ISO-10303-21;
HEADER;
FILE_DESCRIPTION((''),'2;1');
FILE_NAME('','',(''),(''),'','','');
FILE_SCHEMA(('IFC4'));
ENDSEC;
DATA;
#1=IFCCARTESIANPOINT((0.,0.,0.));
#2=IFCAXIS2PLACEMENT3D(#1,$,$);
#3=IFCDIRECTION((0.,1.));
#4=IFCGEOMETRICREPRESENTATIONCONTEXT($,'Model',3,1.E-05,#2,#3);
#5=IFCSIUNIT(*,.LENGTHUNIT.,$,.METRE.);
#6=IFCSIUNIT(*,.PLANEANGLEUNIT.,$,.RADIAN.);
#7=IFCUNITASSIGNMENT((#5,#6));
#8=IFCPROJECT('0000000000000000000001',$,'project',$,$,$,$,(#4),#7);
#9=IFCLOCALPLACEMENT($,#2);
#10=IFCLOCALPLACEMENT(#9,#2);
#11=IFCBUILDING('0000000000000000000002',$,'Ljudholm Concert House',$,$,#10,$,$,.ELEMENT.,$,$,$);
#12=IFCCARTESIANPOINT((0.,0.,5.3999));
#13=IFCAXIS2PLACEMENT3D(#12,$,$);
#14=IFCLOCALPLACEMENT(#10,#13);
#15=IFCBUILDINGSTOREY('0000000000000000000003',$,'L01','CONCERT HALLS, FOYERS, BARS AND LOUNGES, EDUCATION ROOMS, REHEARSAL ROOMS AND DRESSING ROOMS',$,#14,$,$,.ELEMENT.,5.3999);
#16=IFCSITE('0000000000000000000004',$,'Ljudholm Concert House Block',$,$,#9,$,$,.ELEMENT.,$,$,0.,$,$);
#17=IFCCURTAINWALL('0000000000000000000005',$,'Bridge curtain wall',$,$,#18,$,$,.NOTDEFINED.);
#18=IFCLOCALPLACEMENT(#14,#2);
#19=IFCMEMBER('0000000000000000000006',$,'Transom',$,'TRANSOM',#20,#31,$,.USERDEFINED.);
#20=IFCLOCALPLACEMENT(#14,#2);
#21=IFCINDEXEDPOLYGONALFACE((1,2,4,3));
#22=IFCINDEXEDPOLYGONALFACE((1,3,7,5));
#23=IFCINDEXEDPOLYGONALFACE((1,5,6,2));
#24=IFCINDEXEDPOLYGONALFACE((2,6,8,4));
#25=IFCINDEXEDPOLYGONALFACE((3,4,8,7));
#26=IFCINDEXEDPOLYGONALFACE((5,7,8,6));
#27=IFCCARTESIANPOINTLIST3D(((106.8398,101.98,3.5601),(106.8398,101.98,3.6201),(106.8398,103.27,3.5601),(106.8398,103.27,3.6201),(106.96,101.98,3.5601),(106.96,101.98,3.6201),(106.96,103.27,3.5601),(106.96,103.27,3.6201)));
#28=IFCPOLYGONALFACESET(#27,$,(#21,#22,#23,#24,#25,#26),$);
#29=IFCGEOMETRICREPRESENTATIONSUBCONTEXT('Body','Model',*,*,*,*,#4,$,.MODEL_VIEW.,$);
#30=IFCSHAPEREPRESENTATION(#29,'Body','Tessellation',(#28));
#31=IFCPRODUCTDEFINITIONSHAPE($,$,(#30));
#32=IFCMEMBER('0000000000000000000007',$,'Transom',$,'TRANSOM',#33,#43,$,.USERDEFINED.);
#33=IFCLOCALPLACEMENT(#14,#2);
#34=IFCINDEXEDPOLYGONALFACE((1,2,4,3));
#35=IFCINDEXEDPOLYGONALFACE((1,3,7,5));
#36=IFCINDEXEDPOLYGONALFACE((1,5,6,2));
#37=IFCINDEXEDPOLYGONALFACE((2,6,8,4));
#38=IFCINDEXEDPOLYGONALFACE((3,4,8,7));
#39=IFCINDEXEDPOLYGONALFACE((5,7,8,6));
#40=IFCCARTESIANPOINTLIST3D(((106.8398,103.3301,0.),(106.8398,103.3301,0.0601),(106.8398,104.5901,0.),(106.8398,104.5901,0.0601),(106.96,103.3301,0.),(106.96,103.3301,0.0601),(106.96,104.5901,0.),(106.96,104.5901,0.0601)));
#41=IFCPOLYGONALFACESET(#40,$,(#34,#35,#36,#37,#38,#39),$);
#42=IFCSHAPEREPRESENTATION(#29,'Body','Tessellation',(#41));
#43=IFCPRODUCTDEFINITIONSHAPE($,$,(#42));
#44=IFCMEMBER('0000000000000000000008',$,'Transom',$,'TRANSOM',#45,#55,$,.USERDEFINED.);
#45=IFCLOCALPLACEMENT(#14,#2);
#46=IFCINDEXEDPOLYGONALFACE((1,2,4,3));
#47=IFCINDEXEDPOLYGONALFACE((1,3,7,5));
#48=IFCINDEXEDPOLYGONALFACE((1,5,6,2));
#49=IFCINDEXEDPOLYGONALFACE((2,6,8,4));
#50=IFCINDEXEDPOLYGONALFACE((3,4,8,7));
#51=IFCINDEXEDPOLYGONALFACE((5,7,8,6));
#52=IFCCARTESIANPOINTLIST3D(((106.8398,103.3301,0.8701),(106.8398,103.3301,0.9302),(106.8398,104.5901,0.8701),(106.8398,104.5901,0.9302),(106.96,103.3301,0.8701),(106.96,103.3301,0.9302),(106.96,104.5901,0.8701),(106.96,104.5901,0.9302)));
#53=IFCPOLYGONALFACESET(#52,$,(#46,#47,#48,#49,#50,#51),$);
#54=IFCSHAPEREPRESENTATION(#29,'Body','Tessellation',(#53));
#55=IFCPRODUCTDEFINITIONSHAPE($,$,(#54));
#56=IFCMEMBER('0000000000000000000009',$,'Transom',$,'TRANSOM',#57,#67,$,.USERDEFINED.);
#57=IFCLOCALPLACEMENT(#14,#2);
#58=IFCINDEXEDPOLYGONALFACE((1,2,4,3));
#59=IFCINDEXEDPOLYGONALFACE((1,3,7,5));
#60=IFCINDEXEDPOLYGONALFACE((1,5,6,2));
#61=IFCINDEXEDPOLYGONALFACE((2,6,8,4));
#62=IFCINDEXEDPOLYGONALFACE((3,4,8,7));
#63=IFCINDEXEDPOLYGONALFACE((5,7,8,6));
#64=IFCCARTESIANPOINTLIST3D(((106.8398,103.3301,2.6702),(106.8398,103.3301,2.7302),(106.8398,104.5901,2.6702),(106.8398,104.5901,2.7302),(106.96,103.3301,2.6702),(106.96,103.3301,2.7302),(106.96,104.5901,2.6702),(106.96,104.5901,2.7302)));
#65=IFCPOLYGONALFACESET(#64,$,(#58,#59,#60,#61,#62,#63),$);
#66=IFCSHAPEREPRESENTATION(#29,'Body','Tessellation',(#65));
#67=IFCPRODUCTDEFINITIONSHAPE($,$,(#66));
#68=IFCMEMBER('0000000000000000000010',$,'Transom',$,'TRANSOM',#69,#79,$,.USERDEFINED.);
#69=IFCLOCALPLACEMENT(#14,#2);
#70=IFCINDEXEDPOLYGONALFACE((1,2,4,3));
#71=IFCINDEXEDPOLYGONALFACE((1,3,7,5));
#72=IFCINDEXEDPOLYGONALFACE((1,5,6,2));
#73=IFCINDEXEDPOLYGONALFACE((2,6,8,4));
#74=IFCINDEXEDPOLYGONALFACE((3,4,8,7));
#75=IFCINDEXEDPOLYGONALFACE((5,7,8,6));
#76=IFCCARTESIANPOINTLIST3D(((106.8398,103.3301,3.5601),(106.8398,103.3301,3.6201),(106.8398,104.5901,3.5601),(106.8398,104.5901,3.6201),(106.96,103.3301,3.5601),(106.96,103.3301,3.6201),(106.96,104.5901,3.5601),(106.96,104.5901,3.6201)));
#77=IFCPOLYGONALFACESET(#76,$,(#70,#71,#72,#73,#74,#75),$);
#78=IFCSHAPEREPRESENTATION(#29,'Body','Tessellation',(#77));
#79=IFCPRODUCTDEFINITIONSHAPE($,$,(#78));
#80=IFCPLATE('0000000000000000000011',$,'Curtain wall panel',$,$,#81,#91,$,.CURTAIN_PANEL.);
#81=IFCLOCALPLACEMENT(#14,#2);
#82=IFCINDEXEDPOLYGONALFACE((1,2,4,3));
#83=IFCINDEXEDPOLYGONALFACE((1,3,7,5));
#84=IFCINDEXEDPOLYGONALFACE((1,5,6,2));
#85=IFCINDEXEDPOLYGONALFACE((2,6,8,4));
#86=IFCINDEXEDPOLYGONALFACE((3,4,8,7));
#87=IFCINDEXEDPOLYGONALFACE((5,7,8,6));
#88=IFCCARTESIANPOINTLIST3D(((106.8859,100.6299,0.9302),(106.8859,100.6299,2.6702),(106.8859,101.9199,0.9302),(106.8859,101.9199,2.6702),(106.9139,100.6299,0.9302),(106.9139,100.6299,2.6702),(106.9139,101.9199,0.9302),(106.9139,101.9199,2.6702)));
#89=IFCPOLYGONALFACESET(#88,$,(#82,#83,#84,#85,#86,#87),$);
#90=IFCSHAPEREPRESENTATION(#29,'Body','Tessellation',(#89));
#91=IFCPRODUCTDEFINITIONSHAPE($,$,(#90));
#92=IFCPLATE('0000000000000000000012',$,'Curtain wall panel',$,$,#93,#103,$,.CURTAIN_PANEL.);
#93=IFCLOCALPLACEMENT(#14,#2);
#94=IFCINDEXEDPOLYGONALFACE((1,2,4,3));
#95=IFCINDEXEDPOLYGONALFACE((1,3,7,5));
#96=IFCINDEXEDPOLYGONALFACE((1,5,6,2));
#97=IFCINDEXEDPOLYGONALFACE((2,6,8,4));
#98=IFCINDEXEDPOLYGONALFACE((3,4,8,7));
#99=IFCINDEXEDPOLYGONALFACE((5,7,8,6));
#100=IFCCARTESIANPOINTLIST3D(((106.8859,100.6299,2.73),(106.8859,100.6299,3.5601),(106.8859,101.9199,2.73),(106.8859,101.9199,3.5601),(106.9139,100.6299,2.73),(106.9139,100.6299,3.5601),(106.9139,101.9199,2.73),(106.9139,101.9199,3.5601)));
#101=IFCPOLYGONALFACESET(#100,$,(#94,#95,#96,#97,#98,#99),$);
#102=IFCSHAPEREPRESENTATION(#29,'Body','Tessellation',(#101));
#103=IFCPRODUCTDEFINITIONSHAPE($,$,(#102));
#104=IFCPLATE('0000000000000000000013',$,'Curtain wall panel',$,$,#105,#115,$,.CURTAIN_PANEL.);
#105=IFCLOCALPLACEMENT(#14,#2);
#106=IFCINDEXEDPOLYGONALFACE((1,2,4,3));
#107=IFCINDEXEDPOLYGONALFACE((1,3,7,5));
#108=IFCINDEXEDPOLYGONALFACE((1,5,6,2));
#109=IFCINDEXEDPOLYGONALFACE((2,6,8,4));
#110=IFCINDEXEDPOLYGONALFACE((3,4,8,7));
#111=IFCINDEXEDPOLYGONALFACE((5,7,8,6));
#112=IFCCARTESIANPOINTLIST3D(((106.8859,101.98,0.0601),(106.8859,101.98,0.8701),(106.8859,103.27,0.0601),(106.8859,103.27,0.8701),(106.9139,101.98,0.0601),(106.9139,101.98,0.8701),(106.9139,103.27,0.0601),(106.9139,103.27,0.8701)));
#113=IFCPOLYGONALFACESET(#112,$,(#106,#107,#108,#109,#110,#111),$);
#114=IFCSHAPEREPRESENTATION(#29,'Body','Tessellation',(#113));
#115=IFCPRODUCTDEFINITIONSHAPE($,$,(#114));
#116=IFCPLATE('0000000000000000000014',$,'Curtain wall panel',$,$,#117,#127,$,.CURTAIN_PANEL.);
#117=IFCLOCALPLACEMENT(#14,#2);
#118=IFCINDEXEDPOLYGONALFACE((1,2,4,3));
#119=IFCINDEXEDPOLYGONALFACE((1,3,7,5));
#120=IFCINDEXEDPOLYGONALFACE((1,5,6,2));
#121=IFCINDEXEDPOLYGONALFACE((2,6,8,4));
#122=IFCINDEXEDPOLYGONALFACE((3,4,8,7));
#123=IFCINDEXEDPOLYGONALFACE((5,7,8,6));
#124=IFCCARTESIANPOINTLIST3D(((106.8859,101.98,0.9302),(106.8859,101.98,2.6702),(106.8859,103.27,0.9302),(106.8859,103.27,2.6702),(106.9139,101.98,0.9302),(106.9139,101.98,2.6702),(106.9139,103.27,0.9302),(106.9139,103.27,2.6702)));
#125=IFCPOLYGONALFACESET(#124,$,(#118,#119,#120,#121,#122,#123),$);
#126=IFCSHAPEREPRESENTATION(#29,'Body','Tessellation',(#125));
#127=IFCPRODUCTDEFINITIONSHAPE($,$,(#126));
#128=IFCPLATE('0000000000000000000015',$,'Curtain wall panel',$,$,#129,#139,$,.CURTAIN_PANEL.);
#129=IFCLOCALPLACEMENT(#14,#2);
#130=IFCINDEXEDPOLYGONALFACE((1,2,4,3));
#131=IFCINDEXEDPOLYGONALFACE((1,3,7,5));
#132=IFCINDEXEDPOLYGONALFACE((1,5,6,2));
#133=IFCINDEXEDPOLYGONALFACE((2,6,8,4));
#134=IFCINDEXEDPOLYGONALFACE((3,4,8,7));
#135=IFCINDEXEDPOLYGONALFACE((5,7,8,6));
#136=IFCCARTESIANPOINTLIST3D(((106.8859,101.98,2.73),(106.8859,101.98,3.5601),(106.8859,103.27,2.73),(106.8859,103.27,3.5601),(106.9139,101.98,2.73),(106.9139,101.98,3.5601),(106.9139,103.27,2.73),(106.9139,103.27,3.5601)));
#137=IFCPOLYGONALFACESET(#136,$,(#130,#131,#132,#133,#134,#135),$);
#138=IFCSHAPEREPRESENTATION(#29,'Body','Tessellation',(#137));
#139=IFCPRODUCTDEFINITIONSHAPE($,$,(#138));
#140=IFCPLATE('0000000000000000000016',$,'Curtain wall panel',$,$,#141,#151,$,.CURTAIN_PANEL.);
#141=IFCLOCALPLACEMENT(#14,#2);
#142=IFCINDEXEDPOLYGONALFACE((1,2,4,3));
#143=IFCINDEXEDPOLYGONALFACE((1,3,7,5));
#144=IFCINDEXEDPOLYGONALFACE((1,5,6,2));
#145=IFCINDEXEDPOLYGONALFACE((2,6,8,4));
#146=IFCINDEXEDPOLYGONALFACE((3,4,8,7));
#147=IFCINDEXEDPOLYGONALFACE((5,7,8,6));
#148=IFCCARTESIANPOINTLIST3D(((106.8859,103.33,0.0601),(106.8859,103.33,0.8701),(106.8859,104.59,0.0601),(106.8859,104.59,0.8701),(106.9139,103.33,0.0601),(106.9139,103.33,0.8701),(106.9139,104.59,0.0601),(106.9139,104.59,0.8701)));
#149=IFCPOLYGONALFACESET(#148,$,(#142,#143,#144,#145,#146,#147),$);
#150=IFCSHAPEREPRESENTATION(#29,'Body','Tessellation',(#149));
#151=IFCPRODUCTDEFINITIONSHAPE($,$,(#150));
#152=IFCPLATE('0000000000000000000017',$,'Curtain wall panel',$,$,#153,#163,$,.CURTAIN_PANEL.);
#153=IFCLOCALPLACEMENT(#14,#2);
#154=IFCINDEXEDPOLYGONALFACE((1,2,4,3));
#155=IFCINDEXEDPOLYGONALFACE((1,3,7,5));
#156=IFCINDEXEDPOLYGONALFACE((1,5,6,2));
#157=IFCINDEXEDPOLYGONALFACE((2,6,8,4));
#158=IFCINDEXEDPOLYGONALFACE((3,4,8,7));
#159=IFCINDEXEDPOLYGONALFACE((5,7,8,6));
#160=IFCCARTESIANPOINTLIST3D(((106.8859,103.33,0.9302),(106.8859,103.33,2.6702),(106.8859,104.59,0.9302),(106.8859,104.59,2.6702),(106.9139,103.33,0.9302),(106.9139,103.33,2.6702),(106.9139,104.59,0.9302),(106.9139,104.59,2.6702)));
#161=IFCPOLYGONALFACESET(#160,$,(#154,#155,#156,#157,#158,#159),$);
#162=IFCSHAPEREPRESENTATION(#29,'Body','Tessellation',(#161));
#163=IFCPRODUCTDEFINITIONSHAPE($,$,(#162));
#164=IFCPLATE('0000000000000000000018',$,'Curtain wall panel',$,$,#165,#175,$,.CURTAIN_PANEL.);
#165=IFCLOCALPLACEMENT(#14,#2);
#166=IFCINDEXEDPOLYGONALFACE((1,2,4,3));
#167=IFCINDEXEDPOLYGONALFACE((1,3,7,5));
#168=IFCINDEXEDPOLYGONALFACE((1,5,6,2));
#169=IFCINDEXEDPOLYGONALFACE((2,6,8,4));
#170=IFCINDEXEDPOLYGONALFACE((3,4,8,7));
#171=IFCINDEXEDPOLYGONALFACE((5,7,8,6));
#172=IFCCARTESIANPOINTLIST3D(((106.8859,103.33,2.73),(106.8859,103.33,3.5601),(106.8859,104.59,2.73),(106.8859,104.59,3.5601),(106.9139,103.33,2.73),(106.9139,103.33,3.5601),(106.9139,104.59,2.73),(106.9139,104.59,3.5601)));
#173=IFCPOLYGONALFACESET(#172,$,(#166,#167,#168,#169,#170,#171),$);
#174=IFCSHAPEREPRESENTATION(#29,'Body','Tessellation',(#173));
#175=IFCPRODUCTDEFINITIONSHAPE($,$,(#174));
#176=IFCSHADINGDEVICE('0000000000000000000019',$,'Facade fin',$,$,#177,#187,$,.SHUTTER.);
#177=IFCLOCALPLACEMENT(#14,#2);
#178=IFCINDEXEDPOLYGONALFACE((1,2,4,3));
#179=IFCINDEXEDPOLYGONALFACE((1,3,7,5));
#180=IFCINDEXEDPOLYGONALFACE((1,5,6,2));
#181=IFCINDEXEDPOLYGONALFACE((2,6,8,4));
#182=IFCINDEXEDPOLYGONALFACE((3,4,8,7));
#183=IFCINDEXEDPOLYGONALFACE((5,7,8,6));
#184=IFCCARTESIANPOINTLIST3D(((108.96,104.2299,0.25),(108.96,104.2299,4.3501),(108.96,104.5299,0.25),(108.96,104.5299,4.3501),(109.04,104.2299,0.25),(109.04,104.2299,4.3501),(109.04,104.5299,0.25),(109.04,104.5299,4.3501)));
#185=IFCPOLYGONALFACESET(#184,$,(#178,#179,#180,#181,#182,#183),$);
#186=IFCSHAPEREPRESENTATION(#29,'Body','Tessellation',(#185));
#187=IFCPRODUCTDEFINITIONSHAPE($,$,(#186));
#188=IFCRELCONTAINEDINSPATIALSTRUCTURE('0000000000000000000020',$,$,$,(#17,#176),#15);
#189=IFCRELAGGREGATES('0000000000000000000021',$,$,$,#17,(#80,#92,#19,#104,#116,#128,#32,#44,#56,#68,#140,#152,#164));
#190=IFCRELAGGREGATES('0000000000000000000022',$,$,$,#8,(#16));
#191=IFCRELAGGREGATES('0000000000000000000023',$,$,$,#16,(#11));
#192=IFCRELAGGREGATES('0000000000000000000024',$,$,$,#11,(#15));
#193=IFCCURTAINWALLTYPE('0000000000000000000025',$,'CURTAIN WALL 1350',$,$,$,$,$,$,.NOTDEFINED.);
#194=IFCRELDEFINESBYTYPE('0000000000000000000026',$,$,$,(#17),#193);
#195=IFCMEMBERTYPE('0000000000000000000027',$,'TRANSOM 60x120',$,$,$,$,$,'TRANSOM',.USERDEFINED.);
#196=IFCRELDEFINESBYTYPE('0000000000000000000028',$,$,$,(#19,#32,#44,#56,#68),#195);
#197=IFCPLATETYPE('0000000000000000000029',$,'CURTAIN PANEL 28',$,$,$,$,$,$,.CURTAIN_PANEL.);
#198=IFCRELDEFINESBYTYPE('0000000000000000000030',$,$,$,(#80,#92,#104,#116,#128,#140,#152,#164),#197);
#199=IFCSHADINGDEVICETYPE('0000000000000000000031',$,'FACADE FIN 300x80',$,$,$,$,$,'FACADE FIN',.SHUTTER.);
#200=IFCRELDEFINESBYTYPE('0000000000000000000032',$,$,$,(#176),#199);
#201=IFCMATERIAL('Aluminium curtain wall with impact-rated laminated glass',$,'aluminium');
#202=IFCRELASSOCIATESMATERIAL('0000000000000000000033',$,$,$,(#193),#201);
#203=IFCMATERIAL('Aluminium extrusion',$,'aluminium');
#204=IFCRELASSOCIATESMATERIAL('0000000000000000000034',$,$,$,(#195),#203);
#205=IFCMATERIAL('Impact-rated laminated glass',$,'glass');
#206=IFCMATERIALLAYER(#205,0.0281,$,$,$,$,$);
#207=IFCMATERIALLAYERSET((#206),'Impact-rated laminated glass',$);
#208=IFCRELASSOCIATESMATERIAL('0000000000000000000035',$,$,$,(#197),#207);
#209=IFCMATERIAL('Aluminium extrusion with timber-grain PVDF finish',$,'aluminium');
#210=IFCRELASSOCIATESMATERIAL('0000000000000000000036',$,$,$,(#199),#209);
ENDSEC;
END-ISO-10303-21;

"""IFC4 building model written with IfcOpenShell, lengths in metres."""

from ifc_helpers import new_model, si_unit, direction, frame, origin, origin_2d, place, context, subcontext, project, spatial, rectangle, extrude, material, layer, layer_set, material_profile, profile_set, type_object, element, aggregate, save


model = new_model("IFC4")

# Units and contexts
model_context = context("Model", 3, precision=1e-05, world=origin(), true_north=direction((0.0, 1.0)))
body_context = subcontext(model_context, "Body", "Model", "MODEL_VIEW")
ifc_project = project(units=[si_unit("LENGTHUNIT", "METRE"), si_unit("PLANEANGLEUNIT", "RADIAN")], contexts=[model_context])

# Site, building, storey
site_placement = place(None, origin())
site = spatial("IfcSite", under=ifc_project, at=site_placement, Name="Ljudholm Concert House Block", CompositionType="ELEMENT", RefElevation=0.0)
building_placement = place(site_placement, origin())
building = spatial("IfcBuilding", under=site, at=building_placement, Name="Ljudholm Concert House", CompositionType="ELEMENT")
storey_placement = place(building_placement, frame((0.0, 0.0, 5.3999)))
storey = spatial("IfcBuildingStorey", under=building, at=storey_placement, Name="L01", Description="CONCERT HALLS, FOYERS, BARS AND LOUNGES, EDUCATION ROOMS, REHEARSAL ROOMS AND DRESSING ROOMS", CompositionType="ELEMENT", Elevation=5.3999)

# Curtain wall
ifc_material_1 = material(Name="Aluminium curtain wall with impact-rated laminated glass", Category="aluminium")
curtain_wall_type = type_object("IfcCurtainWallType", Name="CURTAIN WALL 1350", PredefinedType="NOTDEFINED", material=ifc_material_1)
curtain_wall_1_placement = place(storey_placement, origin())
curtain_wall_1 = element("IfcCurtainWall", 1, at=curtain_wall_1_placement, inside=storey, type_object=curtain_wall_type, Name="Bridge curtain wall", PredefinedType="NOTDEFINED")

# Members
ifc_material_2 = material(Name="Aluminium extrusion", Category="aluminium")
ifc_material_profile_1 = material_profile(ifc_material_2, rectangle(XDim=0.1201, YDim=0.0601, at=origin_2d()), Name="TRANSOM 60x120")
ifc_profile_set_1 = profile_set([ifc_material_profile_1], Name="Aluminium extrusion")
member_type_1 = type_object("IfcMemberType", Name="TRANSOM 60x120", ElementType="TRANSOM", PredefinedType="USERDEFINED", material=ifc_profile_set_1)
member_1_placement = place(storey_placement, frame((106.8999, 101.98, 3.5901), z_axis=(0.0, 1.0, 0.0), x_axis=(-1.0, 0.0, 0.0)))
member_1 = element("IfcMember", 2, at=member_1_placement, type_object=member_type_1, Name="Transom", ObjectType="TRANSOM", PredefinedType="USERDEFINED", context=body_context, shape_type="SweptSolid", body=[
    extrude(rectangle(XDim=0.1201, YDim=0.0601, at=origin_2d()), origin(), (0.0, 0.0, 1.0), 1.29),
])
member_2_placement = place(storey_placement, frame((106.8999, 103.3301, 0.03), z_axis=(0.0, 1.0, 0.0), x_axis=(-1.0, 0.0, 0.0)))
member_2 = element("IfcMember", 3, at=member_2_placement, type_object=member_type_1, Name="Transom", ObjectType="TRANSOM", PredefinedType="USERDEFINED", context=body_context, shape_type="SweptSolid", body=[
    extrude(rectangle(XDim=0.1201, YDim=0.0601, at=origin_2d()), origin(), (0.0, 0.0, 1.0), 1.26),
])
member_3_placement = place(storey_placement, frame((106.8999, 103.3301, 0.9001), z_axis=(0.0, 1.0, 0.0), x_axis=(-1.0, 0.0, 0.0)))
member_3 = element("IfcMember", 4, at=member_3_placement, type_object=member_type_1, Name="Transom", ObjectType="TRANSOM", PredefinedType="USERDEFINED", context=body_context, shape_type="SweptSolid", body=[
    extrude(rectangle(XDim=0.1201, YDim=0.0601, at=origin_2d()), origin(), (0.0, 0.0, 1.0), 1.26),
])
member_4_placement = place(storey_placement, frame((106.8999, 103.3301, 2.7002), z_axis=(0.0, 1.0, 0.0), x_axis=(-1.0, 0.0, 0.0)))
member_4 = element("IfcMember", 5, at=member_4_placement, type_object=member_type_1, Name="Transom", ObjectType="TRANSOM", PredefinedType="USERDEFINED", context=body_context, shape_type="SweptSolid", body=[
    extrude(rectangle(XDim=0.1201, YDim=0.0601, at=origin_2d()), origin(), (0.0, 0.0, 1.0), 1.26),
])
member_5_placement = place(storey_placement, frame((106.8999, 103.3301, 3.5901), z_axis=(0.0, 1.0, 0.0), x_axis=(-1.0, 0.0, 0.0)))
member_5 = element("IfcMember", 6, at=member_5_placement, type_object=member_type_1, Name="Transom", ObjectType="TRANSOM", PredefinedType="USERDEFINED", context=body_context, shape_type="SweptSolid", body=[
    extrude(rectangle(XDim=0.1201, YDim=0.0601, at=origin_2d()), origin(), (0.0, 0.0, 1.0), 1.26),
])

# Plates
ifc_material_3 = material(Name="Impact-rated laminated glass", Category="glass")
ifc_layer = layer(ifc_material_3, 0.0281)
ifc_layer_set = layer_set([ifc_layer], Name="Impact-rated laminated glass")
plate_type = type_object("IfcPlateType", Name="CURTAIN PANEL 28", PredefinedType="CURTAIN_PANEL", material=ifc_layer_set)
plate_1_placement = place(storey_placement, frame((106.8999, 101.2749, 0.9302), z_axis=(0.0, 0.0, 1.0), x_axis=(0.0, 1.0, 0.0)))
plate_1 = element("IfcPlate", 7, at=plate_1_placement, type_object=plate_type, Name="Curtain wall panel", PredefinedType="CURTAIN_PANEL", context=body_context, shape_type="SweptSolid", body=[
    extrude(rectangle(XDim=1.29, YDim=0.0281, at=origin_2d()), origin(), (0.0, 0.0, 1.0), 1.74),
])
plate_2_placement = place(storey_placement, frame((106.8999, 101.2749, 2.73), z_axis=(0.0, 0.0, 1.0), x_axis=(0.0, 1.0, 0.0)))
plate_2 = element("IfcPlate", 8, at=plate_2_placement, type_object=plate_type, Name="Curtain wall panel", PredefinedType="CURTAIN_PANEL", context=body_context, shape_type="SweptSolid", body=[
    extrude(rectangle(XDim=1.29, YDim=0.0281, at=origin_2d()), origin(), (0.0, 0.0, 1.0), 0.8301),
])
plate_3_placement = place(storey_placement, frame((106.8999, 102.625, 0.0601), z_axis=(0.0, 0.0, 1.0), x_axis=(0.0, 1.0, 0.0)))
plate_3 = element("IfcPlate", 9, at=plate_3_placement, type_object=plate_type, Name="Curtain wall panel", PredefinedType="CURTAIN_PANEL", context=body_context, shape_type="SweptSolid", body=[
    extrude(rectangle(XDim=1.29, YDim=0.0281, at=origin_2d()), origin(), (0.0, 0.0, 1.0), 0.8101),
])
plate_4_placement = place(storey_placement, frame((106.8999, 102.625, 0.9302), z_axis=(0.0, 0.0, 1.0), x_axis=(0.0, 1.0, 0.0)))
plate_4 = element("IfcPlate", 10, at=plate_4_placement, type_object=plate_type, Name="Curtain wall panel", PredefinedType="CURTAIN_PANEL", context=body_context, shape_type="SweptSolid", body=[
    extrude(rectangle(XDim=1.29, YDim=0.0281, at=origin_2d()), origin(), (0.0, 0.0, 1.0), 1.74),
])
plate_5_placement = place(storey_placement, frame((106.8999, 102.625, 2.73), z_axis=(0.0, 0.0, 1.0), x_axis=(0.0, 1.0, 0.0)))
plate_5 = element("IfcPlate", 11, at=plate_5_placement, type_object=plate_type, Name="Curtain wall panel", PredefinedType="CURTAIN_PANEL", context=body_context, shape_type="SweptSolid", body=[
    extrude(rectangle(XDim=1.29, YDim=0.0281, at=origin_2d()), origin(), (0.0, 0.0, 1.0), 0.8301),
])
plate_6_placement = place(storey_placement, frame((106.8999, 103.96, 0.0601), z_axis=(0.0, 0.0, 1.0), x_axis=(0.0, 1.0, 0.0)))
plate_6 = element("IfcPlate", 12, at=plate_6_placement, type_object=plate_type, Name="Curtain wall panel", PredefinedType="CURTAIN_PANEL", context=body_context, shape_type="SweptSolid", body=[
    extrude(rectangle(XDim=1.26, YDim=0.0281, at=origin_2d()), origin(), (0.0, 0.0, 1.0), 0.8101),
])
plate_7_placement = place(storey_placement, frame((106.8999, 103.96, 0.9302), z_axis=(0.0, 0.0, 1.0), x_axis=(0.0, 1.0, 0.0)))
plate_7 = element("IfcPlate", 13, at=plate_7_placement, type_object=plate_type, Name="Curtain wall panel", PredefinedType="CURTAIN_PANEL", context=body_context, shape_type="SweptSolid", body=[
    extrude(rectangle(XDim=1.26, YDim=0.0281, at=origin_2d()), origin(), (0.0, 0.0, 1.0), 1.74),
])
plate_8_placement = place(storey_placement, frame((106.8999, 103.96, 2.73), z_axis=(0.0, 0.0, 1.0), x_axis=(0.0, 1.0, 0.0)))
plate_8 = element("IfcPlate", 14, at=plate_8_placement, type_object=plate_type, Name="Curtain wall panel", PredefinedType="CURTAIN_PANEL", context=body_context, shape_type="SweptSolid", body=[
    extrude(rectangle(XDim=1.26, YDim=0.0281, at=origin_2d()), origin(), (0.0, 0.0, 1.0), 0.8301),
])
aggregate(curtain_wall_1, [plate_1, plate_2, member_1, plate_3, plate_4, plate_5, member_2, member_3, member_4, member_5, plate_6, plate_7, plate_8])

# Shading device
ifc_material_4 = material(Name="Aluminium extrusion with timber-grain PVDF finish", Category="aluminium")
shading_device_type = type_object("IfcShadingDeviceType", Name="FACADE FIN 300x80", ElementType="FACADE FIN", PredefinedType="SHUTTER", material=ifc_material_4)
shading_device_placement = place(storey_placement, frame((109.0, 104.3799, 0.25), z_axis=(0.0, 0.0, 1.0), x_axis=(0.0, -1.0, 0.0)))
element("IfcShadingDevice", 15, at=shading_device_placement, inside=storey, type_object=shading_device_type, Name="Facade fin", PredefinedType="SHUTTER", context=body_context, shape_type="SweptSolid", body=[
    extrude(rectangle(XDim=0.3, YDim=0.0801, at=origin_2d()), origin(), (0.0, 0.0, 1.0), 4.1001),
])

save(model, "model.ifc")
